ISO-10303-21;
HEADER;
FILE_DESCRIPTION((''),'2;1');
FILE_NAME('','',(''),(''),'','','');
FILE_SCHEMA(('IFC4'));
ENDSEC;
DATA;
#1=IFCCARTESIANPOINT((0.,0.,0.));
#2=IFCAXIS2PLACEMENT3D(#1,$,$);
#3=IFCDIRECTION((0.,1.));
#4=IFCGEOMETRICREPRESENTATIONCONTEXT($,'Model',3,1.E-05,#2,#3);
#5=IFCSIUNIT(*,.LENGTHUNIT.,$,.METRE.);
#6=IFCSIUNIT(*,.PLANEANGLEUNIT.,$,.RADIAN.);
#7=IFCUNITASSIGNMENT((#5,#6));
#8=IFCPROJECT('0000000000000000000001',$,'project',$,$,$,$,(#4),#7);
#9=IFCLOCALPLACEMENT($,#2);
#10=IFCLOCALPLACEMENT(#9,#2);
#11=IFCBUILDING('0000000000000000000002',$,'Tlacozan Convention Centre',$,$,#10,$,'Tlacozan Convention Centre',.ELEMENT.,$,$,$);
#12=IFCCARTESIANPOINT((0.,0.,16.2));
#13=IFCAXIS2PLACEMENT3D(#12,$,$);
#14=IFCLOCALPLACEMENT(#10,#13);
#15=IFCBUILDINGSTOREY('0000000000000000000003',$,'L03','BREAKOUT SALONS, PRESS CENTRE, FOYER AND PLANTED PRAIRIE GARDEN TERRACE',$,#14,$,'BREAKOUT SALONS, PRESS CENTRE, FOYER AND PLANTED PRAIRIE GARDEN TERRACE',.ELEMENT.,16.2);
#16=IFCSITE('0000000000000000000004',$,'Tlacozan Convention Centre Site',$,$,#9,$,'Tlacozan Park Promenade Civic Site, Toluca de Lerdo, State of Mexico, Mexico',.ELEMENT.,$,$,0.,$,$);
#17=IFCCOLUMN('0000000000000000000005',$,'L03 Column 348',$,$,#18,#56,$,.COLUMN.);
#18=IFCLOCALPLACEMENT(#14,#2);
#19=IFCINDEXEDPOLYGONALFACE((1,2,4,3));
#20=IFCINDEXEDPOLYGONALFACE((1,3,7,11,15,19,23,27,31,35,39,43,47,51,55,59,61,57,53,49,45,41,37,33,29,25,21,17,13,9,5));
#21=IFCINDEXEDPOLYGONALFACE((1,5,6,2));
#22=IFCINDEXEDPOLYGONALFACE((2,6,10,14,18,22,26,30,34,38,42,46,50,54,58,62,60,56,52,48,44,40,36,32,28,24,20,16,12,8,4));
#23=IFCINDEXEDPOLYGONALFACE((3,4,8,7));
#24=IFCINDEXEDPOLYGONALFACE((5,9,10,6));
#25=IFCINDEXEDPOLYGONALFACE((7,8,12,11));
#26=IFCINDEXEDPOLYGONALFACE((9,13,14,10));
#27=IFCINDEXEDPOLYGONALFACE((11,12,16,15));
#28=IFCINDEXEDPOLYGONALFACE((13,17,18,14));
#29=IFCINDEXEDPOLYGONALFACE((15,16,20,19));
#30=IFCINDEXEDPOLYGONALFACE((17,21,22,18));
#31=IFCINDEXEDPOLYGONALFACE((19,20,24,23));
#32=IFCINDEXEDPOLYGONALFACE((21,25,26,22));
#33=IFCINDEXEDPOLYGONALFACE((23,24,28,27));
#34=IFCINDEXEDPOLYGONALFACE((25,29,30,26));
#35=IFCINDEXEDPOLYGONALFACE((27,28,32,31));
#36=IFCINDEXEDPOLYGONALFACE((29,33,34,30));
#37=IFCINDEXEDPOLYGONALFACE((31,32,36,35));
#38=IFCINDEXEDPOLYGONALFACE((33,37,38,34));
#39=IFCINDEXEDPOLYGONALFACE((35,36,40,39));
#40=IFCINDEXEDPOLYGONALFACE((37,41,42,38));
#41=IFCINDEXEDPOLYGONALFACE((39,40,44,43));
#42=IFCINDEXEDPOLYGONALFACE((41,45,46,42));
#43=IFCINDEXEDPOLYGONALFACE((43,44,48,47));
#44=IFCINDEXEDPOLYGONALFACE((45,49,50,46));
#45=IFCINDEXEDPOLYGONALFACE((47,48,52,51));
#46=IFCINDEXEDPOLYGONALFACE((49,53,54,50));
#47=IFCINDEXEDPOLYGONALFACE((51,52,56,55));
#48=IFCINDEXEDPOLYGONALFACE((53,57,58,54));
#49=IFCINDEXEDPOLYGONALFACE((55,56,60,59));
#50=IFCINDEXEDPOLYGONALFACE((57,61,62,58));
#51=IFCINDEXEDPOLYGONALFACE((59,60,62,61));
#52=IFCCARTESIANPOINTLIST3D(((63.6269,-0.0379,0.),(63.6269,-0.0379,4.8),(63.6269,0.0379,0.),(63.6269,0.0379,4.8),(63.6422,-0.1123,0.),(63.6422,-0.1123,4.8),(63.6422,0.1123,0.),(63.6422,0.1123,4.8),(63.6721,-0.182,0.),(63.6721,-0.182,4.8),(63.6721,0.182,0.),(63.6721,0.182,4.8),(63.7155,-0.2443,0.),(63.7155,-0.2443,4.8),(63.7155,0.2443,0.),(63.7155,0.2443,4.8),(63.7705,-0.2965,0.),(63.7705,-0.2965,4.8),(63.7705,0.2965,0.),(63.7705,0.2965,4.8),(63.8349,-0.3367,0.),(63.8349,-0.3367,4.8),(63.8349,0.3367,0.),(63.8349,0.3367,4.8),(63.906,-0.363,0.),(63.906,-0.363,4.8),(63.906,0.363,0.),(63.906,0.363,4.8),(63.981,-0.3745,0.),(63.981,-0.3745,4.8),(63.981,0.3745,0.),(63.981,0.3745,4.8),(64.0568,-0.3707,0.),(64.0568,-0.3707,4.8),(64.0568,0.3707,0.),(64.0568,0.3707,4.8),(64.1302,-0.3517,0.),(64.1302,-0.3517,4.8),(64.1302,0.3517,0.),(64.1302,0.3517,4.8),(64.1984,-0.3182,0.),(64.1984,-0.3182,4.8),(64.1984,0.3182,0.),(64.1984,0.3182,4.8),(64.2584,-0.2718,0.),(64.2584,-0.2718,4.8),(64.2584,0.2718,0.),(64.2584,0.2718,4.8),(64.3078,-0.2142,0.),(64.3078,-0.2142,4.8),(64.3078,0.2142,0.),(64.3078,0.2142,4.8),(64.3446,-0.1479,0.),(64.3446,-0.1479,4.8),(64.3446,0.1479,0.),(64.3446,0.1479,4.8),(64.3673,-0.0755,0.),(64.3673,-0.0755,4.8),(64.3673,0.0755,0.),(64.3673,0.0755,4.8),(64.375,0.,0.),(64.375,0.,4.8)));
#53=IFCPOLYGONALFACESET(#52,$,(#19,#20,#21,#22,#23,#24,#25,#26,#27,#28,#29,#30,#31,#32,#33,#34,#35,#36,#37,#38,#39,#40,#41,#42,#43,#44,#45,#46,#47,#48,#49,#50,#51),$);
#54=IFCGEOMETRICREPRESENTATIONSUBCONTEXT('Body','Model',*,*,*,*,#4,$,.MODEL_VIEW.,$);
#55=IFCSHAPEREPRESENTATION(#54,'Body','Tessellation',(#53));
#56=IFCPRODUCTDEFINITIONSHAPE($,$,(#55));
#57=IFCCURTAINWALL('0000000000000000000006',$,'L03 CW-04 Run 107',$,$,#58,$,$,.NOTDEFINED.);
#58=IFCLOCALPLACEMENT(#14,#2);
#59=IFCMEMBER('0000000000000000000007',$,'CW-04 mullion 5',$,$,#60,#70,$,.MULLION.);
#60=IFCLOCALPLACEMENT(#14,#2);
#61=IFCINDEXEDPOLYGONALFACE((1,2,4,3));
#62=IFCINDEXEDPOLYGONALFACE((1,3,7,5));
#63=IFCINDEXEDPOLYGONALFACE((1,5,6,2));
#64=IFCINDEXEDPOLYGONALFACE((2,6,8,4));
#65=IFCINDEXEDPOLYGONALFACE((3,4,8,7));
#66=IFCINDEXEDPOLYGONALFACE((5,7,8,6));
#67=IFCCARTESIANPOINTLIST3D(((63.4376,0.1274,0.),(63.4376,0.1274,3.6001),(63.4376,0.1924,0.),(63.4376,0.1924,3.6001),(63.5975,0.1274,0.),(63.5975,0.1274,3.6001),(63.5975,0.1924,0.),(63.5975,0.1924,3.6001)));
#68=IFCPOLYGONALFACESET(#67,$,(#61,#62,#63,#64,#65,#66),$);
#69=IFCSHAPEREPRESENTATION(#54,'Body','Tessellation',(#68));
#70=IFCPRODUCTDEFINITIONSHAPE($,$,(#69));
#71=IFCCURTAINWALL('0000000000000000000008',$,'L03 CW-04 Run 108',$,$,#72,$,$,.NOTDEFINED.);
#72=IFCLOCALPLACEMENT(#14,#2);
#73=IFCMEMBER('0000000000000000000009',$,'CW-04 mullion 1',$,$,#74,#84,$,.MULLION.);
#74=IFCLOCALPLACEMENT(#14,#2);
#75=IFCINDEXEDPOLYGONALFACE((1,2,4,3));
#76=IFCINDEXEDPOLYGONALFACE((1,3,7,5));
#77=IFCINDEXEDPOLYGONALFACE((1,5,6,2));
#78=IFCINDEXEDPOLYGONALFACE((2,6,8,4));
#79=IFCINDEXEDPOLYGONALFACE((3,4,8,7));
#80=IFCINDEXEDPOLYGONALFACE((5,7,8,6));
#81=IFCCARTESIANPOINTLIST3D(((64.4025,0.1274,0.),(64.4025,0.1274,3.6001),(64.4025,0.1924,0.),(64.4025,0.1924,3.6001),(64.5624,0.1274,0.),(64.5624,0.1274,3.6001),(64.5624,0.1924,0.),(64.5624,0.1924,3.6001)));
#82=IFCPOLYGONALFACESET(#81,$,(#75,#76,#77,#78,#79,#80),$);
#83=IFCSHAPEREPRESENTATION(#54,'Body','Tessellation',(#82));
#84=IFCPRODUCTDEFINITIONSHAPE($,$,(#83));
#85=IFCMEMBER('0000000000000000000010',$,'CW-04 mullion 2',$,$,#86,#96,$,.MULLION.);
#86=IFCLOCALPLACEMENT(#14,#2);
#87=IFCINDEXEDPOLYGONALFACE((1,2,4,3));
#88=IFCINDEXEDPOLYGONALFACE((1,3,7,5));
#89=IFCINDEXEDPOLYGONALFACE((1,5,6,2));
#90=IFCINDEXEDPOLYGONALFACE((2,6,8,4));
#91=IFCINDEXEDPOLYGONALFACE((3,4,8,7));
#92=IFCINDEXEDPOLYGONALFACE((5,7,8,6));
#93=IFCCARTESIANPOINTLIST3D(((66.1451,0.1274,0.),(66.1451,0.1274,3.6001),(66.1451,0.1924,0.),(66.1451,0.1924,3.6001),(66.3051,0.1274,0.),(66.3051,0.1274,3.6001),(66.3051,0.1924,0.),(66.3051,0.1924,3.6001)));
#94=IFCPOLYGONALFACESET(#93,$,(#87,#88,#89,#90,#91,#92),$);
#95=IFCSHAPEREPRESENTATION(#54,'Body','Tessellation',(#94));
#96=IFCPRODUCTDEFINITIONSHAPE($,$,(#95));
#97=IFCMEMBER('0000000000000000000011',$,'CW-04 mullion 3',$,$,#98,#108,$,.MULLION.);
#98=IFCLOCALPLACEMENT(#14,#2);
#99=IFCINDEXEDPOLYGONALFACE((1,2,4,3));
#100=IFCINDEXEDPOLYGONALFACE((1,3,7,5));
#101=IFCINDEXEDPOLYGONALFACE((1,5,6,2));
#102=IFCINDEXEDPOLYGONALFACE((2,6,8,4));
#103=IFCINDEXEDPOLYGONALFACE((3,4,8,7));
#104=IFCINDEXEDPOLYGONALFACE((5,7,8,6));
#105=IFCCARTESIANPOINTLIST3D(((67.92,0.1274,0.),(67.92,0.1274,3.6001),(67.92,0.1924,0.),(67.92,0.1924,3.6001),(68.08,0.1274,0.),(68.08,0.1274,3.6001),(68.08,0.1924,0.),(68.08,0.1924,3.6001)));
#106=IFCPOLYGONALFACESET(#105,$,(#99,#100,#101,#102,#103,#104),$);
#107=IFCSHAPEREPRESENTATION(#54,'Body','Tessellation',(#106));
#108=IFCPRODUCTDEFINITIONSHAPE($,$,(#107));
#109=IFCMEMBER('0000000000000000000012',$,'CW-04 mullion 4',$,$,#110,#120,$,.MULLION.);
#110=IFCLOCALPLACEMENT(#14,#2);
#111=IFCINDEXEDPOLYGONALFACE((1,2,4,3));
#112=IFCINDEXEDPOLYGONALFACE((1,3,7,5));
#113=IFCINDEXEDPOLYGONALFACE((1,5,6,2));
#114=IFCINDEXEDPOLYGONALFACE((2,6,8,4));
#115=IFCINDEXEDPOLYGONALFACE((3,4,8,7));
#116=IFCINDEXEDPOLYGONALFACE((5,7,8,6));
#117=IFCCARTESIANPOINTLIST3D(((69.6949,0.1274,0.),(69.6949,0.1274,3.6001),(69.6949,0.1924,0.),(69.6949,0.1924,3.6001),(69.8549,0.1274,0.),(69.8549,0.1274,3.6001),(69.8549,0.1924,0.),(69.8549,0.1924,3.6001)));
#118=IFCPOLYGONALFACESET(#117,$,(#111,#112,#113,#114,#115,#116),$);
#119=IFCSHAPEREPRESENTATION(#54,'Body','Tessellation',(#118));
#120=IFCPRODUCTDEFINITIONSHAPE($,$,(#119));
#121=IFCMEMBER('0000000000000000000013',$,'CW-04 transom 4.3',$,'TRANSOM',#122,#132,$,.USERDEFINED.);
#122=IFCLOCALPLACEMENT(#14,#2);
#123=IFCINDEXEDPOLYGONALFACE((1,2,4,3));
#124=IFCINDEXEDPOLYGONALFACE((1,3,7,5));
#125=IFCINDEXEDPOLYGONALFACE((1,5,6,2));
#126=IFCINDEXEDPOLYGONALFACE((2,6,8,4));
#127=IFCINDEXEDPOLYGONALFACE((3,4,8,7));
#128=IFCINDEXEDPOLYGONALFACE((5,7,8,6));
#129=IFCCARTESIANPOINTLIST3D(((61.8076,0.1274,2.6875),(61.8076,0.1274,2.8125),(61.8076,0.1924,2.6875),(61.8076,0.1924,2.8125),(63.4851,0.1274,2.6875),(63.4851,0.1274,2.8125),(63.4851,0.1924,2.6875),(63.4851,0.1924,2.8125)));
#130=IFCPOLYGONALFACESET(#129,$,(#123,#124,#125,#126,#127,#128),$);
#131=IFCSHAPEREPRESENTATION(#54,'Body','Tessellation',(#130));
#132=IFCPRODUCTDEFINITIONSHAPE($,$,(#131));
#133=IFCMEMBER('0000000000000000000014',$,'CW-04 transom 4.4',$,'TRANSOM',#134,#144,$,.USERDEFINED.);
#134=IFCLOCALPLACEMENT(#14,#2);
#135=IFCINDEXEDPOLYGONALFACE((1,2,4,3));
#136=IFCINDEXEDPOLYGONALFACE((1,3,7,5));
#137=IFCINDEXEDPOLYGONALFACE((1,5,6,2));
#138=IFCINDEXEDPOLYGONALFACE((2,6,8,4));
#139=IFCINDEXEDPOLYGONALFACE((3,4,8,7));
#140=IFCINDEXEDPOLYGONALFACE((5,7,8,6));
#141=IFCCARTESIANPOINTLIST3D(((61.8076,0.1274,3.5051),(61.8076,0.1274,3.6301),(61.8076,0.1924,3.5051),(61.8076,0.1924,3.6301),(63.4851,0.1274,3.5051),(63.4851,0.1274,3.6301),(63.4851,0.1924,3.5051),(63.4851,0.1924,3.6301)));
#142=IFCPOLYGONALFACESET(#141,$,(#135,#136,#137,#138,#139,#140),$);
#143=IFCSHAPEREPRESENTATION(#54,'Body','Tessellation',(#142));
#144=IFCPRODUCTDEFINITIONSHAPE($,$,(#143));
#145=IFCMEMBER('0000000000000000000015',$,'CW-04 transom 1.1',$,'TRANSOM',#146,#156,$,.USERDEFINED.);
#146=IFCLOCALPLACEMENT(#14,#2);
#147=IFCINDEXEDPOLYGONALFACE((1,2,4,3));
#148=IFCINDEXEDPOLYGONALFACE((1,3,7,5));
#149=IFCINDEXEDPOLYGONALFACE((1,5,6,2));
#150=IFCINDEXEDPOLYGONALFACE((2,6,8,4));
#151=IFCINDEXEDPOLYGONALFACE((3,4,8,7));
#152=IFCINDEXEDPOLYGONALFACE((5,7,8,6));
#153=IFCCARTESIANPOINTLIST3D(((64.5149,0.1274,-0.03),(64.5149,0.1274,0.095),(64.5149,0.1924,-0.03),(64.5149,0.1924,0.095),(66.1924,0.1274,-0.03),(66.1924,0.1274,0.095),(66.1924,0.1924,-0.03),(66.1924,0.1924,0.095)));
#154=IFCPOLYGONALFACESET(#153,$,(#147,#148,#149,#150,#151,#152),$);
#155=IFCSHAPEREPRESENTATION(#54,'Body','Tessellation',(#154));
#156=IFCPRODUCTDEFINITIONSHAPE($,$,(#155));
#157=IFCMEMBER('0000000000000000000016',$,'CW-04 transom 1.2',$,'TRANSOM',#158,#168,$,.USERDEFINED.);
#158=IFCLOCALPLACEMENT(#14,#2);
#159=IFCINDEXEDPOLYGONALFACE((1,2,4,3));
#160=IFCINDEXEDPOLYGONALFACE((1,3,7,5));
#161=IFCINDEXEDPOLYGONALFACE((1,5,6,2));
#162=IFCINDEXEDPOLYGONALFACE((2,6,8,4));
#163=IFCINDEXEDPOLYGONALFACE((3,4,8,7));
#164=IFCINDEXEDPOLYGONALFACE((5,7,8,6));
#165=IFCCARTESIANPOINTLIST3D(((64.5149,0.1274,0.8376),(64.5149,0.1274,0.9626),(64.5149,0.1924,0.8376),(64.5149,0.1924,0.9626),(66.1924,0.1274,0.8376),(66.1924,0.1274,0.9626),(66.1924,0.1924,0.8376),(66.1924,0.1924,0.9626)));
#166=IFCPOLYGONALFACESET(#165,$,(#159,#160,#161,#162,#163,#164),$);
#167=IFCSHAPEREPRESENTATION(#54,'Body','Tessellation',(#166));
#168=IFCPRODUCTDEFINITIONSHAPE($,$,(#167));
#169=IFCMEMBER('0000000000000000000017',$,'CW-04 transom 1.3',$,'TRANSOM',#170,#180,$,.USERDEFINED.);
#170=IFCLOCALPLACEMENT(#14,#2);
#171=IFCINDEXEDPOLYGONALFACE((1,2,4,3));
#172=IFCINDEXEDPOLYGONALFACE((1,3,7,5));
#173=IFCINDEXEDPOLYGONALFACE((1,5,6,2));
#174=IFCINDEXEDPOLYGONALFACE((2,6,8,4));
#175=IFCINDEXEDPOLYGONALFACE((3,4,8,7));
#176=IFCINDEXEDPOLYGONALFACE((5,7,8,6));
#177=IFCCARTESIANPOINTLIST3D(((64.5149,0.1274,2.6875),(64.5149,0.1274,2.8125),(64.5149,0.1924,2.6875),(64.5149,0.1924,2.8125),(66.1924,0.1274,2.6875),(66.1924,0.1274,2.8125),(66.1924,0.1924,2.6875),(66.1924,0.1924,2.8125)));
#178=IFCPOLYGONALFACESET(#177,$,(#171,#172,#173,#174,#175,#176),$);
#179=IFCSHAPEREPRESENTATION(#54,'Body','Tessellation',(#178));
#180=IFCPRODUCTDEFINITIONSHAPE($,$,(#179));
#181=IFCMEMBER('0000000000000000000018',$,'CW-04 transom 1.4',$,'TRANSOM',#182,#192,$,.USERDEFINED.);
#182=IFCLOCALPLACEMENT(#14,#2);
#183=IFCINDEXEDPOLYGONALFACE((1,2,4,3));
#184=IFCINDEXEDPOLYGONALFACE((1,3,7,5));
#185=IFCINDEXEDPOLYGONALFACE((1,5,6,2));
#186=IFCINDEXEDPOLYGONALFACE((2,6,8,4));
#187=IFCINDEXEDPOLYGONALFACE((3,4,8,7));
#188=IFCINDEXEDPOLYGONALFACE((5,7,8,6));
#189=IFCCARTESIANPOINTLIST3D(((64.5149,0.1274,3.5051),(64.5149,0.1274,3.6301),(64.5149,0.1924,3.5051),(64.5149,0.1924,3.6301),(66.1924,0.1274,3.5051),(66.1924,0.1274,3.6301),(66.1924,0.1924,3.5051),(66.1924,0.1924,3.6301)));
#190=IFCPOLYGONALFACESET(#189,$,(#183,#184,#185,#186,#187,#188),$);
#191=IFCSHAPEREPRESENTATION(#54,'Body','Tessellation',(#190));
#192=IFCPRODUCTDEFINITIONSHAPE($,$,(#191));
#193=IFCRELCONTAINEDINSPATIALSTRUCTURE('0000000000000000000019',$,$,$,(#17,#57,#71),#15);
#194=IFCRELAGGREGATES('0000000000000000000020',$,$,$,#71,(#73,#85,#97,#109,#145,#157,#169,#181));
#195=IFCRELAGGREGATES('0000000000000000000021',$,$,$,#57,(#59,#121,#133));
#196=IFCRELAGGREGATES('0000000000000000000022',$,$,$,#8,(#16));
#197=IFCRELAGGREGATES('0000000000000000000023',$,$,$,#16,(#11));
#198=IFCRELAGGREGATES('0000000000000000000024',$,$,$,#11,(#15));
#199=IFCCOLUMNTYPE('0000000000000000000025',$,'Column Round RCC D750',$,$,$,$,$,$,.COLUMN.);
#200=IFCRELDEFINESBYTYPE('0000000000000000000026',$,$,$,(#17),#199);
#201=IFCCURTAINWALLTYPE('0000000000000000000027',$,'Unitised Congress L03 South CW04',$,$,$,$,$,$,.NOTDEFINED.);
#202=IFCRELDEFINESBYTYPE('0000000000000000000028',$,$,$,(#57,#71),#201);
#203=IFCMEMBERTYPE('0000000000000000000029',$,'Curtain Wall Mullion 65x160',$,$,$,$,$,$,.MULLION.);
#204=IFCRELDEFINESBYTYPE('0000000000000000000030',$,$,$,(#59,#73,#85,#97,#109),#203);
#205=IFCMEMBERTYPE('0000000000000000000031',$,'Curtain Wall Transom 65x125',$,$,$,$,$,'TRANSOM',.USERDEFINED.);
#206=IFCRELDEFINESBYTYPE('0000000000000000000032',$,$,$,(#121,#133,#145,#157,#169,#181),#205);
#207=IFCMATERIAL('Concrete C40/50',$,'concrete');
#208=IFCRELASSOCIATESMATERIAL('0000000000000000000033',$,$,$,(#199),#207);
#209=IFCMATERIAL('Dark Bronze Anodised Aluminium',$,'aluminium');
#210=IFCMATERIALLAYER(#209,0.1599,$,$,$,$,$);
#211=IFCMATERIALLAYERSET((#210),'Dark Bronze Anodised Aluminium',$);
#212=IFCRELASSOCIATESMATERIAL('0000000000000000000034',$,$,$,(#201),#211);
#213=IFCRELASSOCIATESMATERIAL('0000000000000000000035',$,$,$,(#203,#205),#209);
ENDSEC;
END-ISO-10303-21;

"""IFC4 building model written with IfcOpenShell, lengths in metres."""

from ifc_helpers import new_model, si_unit, direction, frame, origin, origin_2d, place, context, subcontext, project, spatial, rectangle, circle, extrude, material, layer, layer_set, material_profile, profile_set, type_object, element, aggregate, save


model = new_model("IFC4")

# Units and contexts
model_context = context("Model", 3, precision=1e-05, world=origin(), true_north=direction((0.0, 1.0)))
body_context = subcontext(model_context, "Body", "Model", "MODEL_VIEW")
ifc_project = project(units=[si_unit("LENGTHUNIT", "METRE"), si_unit("PLANEANGLEUNIT", "RADIAN")], contexts=[model_context])

# Site, building, storey
site_placement = place(None, origin())
site = spatial("IfcSite", under=ifc_project, at=site_placement, Name="Tlacozan Convention Centre Site", LongName="Tlacozan Park Promenade Civic Site, Toluca de Lerdo, State of Mexico, Mexico", CompositionType="ELEMENT", RefElevation=0.0)
building_placement = place(site_placement, origin())
building = spatial("IfcBuilding", under=site, at=building_placement, Name="Tlacozan Convention Centre", LongName="Tlacozan Convention Centre", CompositionType="ELEMENT")
storey_placement = place(building_placement, frame((0.0, 0.0, 16.2)))
storey = spatial("IfcBuildingStorey", under=building, at=storey_placement, Name="L03", Description="BREAKOUT SALONS, PRESS CENTRE, FOYER AND PLANTED PRAIRIE GARDEN TERRACE", LongName="BREAKOUT SALONS, PRESS CENTRE, FOYER AND PLANTED PRAIRIE GARDEN TERRACE", CompositionType="ELEMENT", Elevation=16.2)

# Column
ifc_material_1 = material(Name="Concrete C40/50", Category="concrete")
ifc_material_profile_1 = material_profile(ifc_material_1, circle(Radius=0.375, at=origin_2d()), Name="RCC D750")
ifc_profile_set_1 = profile_set([ifc_material_profile_1], Name="Concrete C40/50")
column_type = type_object("IfcColumnType", Name="Column Round RCC D750", PredefinedType="COLUMN", material=ifc_profile_set_1)
column_placement = place(storey_placement, frame((64.0, 0.0, 0.0), z_axis=(0.0, 0.0, 1.0), x_axis=(1.0, 0.0, 0.0)))
element("IfcColumn", 1, at=column_placement, inside=storey, type_object=column_type, Name="L03 Column 348", PredefinedType="COLUMN", context=body_context, shape_type="SweptSolid", body=[
    extrude(circle(Radius=0.375, at=origin_2d()), origin(), (0.0, 0.0, 1.0), 4.8),
])

# Curtain wall, member
ifc_material_2 = material(Name="Dark Bronze Anodised Aluminium", Category="aluminium")
ifc_layer_1 = layer(ifc_material_2, 0.1599)
ifc_layer_set_1 = layer_set([ifc_layer_1], Name="Dark Bronze Anodised Aluminium")
curtain_wall_type = type_object("IfcCurtainWallType", Name="Unitised Congress L03 South CW04", PredefinedType="NOTDEFINED", material=ifc_layer_set_1)
curtain_wall_1_placement = place(storey_placement, origin())
curtain_wall_1 = element("IfcCurtainWall", 2, at=curtain_wall_1_placement, inside=storey, type_object=curtain_wall_type, Name="L03 CW-04 Run 107", PredefinedType="NOTDEFINED")
ifc_material_profile_2 = material_profile(ifc_material_2, rectangle(XDim=0.0649, YDim=0.1599, at=origin_2d()), Name="ALU 65x160")
ifc_profile_set_2 = profile_set([ifc_material_profile_2], Name="Dark Bronze Anodised Aluminium")
member_type_1 = type_object("IfcMemberType", Name="Curtain Wall Mullion 65x160", PredefinedType="MULLION", material=ifc_profile_set_2)
member_1_placement = place(storey_placement, frame((63.5176, 0.1599, 0.0), z_axis=(0.0, 0.0, 1.0), x_axis=(0.0, 1.0, 0.0)))
member_1 = element("IfcMember", 3, at=member_1_placement, type_object=member_type_1, Name="CW-04 mullion 5", PredefinedType="MULLION", context=body_context, shape_type="SweptSolid", body=[
    extrude(rectangle(XDim=0.0649, YDim=0.1599, at=origin_2d()), origin(), (0.0, 0.0, 1.0), 3.6001),
])

# Curtain wall, members
curtain_wall_2_placement = place(storey_placement, origin())
curtain_wall_2 = element("IfcCurtainWall", 4, at=curtain_wall_2_placement, inside=storey, type_object=curtain_wall_type, Name="L03 CW-04 Run 108", PredefinedType="NOTDEFINED")
member_2_placement = place(storey_placement, frame((64.4824, 0.1599, 0.0), z_axis=(0.0, 0.0, 1.0), x_axis=(0.0, 1.0, 0.0)))
member_2 = element("IfcMember", 5, at=member_2_placement, type_object=member_type_1, Name="CW-04 mullion 1", PredefinedType="MULLION", context=body_context, shape_type="SweptSolid", body=[
    extrude(rectangle(XDim=0.0649, YDim=0.1599, at=origin_2d()), origin(), (0.0, 0.0, 1.0), 3.6001),
])
member_3_placement = place(storey_placement, frame((66.2251, 0.1599, 0.0), z_axis=(0.0, 0.0, 1.0), x_axis=(0.0, 1.0, 0.0)))
member_3 = element("IfcMember", 6, at=member_3_placement, type_object=member_type_1, Name="CW-04 mullion 2", PredefinedType="MULLION", context=body_context, shape_type="SweptSolid", body=[
    extrude(rectangle(XDim=0.0649, YDim=0.1599, at=origin_2d()), origin(), (0.0, 0.0, 1.0), 3.6001),
])
member_4_placement = place(storey_placement, frame((68.0, 0.1599, 0.0), z_axis=(0.0, 0.0, 1.0), x_axis=(0.0, 1.0, 0.0)))
member_4 = element("IfcMember", 7, at=member_4_placement, type_object=member_type_1, Name="CW-04 mullion 3", PredefinedType="MULLION", context=body_context, shape_type="SweptSolid", body=[
    extrude(rectangle(XDim=0.0649, YDim=0.1599, at=origin_2d()), origin(), (0.0, 0.0, 1.0), 3.6001),
])
member_5_placement = place(storey_placement, frame((69.7749, 0.1599, 0.0), z_axis=(0.0, 0.0, 1.0), x_axis=(0.0, 1.0, 0.0)))
member_5 = element("IfcMember", 8, at=member_5_placement, type_object=member_type_1, Name="CW-04 mullion 4", PredefinedType="MULLION", context=body_context, shape_type="SweptSolid", body=[
    extrude(rectangle(XDim=0.0649, YDim=0.1599, at=origin_2d()), origin(), (0.0, 0.0, 1.0), 3.6001),
])

# Members
ifc_material_profile_3 = material_profile(ifc_material_2, rectangle(XDim=0.0649, YDim=0.125, at=origin_2d()), Name="ALU 65x125")
ifc_profile_set_3 = profile_set([ifc_material_profile_3], Name="Dark Bronze Anodised Aluminium")
member_type_2 = type_object("IfcMemberType", Name="Curtain Wall Transom 65x125", ElementType="TRANSOM", PredefinedType="USERDEFINED", material=ifc_profile_set_3)
member_6_placement = place(storey_placement, frame((61.8076, 0.1599, 2.75), z_axis=(1.0, 0.0, 0.0), x_axis=(0.0, 1.0, 0.0)))
member_6 = element("IfcMember", 9, at=member_6_placement, type_object=member_type_2, Name="CW-04 transom 4.3", ObjectType="TRANSOM", PredefinedType="USERDEFINED", context=body_context, shape_type="SweptSolid", body=[
    extrude(rectangle(XDim=0.0649, YDim=0.125, at=origin_2d()), origin(), (0.0, 0.0, 1.0), 1.6775),
])
member_7_placement = place(storey_placement, frame((61.8076, 0.1599, 3.5676), z_axis=(1.0, 0.0, 0.0), x_axis=(0.0, 1.0, 0.0)))
member_7 = element("IfcMember", 10, at=member_7_placement, type_object=member_type_2, Name="CW-04 transom 4.4", ObjectType="TRANSOM", PredefinedType="USERDEFINED", context=body_context, shape_type="SweptSolid", body=[
    extrude(rectangle(XDim=0.0649, YDim=0.125, at=origin_2d()), origin(), (0.0, 0.0, 1.0), 1.6775),
])
member_8_placement = place(storey_placement, frame((64.5149, 0.1599, 0.0325), z_axis=(1.0, 0.0, 0.0), x_axis=(0.0, 1.0, 0.0)))
member_8 = element("IfcMember", 11, at=member_8_placement, type_object=member_type_2, Name="CW-04 transom 1.1", ObjectType="TRANSOM", PredefinedType="USERDEFINED", context=body_context, shape_type="SweptSolid", body=[
    extrude(rectangle(XDim=0.0649, YDim=0.125, at=origin_2d()), origin(), (0.0, 0.0, 1.0), 1.6775),
])
member_9_placement = place(storey_placement, frame((64.5149, 0.1599, 0.9001), z_axis=(1.0, 0.0, 0.0), x_axis=(0.0, 1.0, 0.0)))
member_9 = element("IfcMember", 12, at=member_9_placement, type_object=member_type_2, Name="CW-04 transom 1.2", ObjectType="TRANSOM", PredefinedType="USERDEFINED", context=body_context, shape_type="SweptSolid", body=[
    extrude(rectangle(XDim=0.0649, YDim=0.125, at=origin_2d()), origin(), (0.0, 0.0, 1.0), 1.6775),
])
member_10_placement = place(storey_placement, frame((64.5149, 0.1599, 2.75), z_axis=(1.0, 0.0, 0.0), x_axis=(0.0, 1.0, 0.0)))
member_10 = element("IfcMember", 13, at=member_10_placement, type_object=member_type_2, Name="CW-04 transom 1.3", ObjectType="TRANSOM", PredefinedType="USERDEFINED", context=body_context, shape_type="SweptSolid", body=[
    extrude(rectangle(XDim=0.0649, YDim=0.125, at=origin_2d()), origin(), (0.0, 0.0, 1.0), 1.6775),
])
member_11_placement = place(storey_placement, frame((64.5149, 0.1599, 3.5676), z_axis=(1.0, 0.0, 0.0), x_axis=(0.0, 1.0, 0.0)))
member_11 = element("IfcMember", 14, at=member_11_placement, type_object=member_type_2, Name="CW-04 transom 1.4", ObjectType="TRANSOM", PredefinedType="USERDEFINED", context=body_context, shape_type="SweptSolid", body=[
    extrude(rectangle(XDim=0.0649, YDim=0.125, at=origin_2d()), origin(), (0.0, 0.0, 1.0), 1.6775),
])

aggregate(curtain_wall_2, [member_2, member_3, member_4, member_5, member_8, member_9, member_10, member_11])
aggregate(curtain_wall_1, [member_1, member_6, member_7])

save(model, "model.ifc")
